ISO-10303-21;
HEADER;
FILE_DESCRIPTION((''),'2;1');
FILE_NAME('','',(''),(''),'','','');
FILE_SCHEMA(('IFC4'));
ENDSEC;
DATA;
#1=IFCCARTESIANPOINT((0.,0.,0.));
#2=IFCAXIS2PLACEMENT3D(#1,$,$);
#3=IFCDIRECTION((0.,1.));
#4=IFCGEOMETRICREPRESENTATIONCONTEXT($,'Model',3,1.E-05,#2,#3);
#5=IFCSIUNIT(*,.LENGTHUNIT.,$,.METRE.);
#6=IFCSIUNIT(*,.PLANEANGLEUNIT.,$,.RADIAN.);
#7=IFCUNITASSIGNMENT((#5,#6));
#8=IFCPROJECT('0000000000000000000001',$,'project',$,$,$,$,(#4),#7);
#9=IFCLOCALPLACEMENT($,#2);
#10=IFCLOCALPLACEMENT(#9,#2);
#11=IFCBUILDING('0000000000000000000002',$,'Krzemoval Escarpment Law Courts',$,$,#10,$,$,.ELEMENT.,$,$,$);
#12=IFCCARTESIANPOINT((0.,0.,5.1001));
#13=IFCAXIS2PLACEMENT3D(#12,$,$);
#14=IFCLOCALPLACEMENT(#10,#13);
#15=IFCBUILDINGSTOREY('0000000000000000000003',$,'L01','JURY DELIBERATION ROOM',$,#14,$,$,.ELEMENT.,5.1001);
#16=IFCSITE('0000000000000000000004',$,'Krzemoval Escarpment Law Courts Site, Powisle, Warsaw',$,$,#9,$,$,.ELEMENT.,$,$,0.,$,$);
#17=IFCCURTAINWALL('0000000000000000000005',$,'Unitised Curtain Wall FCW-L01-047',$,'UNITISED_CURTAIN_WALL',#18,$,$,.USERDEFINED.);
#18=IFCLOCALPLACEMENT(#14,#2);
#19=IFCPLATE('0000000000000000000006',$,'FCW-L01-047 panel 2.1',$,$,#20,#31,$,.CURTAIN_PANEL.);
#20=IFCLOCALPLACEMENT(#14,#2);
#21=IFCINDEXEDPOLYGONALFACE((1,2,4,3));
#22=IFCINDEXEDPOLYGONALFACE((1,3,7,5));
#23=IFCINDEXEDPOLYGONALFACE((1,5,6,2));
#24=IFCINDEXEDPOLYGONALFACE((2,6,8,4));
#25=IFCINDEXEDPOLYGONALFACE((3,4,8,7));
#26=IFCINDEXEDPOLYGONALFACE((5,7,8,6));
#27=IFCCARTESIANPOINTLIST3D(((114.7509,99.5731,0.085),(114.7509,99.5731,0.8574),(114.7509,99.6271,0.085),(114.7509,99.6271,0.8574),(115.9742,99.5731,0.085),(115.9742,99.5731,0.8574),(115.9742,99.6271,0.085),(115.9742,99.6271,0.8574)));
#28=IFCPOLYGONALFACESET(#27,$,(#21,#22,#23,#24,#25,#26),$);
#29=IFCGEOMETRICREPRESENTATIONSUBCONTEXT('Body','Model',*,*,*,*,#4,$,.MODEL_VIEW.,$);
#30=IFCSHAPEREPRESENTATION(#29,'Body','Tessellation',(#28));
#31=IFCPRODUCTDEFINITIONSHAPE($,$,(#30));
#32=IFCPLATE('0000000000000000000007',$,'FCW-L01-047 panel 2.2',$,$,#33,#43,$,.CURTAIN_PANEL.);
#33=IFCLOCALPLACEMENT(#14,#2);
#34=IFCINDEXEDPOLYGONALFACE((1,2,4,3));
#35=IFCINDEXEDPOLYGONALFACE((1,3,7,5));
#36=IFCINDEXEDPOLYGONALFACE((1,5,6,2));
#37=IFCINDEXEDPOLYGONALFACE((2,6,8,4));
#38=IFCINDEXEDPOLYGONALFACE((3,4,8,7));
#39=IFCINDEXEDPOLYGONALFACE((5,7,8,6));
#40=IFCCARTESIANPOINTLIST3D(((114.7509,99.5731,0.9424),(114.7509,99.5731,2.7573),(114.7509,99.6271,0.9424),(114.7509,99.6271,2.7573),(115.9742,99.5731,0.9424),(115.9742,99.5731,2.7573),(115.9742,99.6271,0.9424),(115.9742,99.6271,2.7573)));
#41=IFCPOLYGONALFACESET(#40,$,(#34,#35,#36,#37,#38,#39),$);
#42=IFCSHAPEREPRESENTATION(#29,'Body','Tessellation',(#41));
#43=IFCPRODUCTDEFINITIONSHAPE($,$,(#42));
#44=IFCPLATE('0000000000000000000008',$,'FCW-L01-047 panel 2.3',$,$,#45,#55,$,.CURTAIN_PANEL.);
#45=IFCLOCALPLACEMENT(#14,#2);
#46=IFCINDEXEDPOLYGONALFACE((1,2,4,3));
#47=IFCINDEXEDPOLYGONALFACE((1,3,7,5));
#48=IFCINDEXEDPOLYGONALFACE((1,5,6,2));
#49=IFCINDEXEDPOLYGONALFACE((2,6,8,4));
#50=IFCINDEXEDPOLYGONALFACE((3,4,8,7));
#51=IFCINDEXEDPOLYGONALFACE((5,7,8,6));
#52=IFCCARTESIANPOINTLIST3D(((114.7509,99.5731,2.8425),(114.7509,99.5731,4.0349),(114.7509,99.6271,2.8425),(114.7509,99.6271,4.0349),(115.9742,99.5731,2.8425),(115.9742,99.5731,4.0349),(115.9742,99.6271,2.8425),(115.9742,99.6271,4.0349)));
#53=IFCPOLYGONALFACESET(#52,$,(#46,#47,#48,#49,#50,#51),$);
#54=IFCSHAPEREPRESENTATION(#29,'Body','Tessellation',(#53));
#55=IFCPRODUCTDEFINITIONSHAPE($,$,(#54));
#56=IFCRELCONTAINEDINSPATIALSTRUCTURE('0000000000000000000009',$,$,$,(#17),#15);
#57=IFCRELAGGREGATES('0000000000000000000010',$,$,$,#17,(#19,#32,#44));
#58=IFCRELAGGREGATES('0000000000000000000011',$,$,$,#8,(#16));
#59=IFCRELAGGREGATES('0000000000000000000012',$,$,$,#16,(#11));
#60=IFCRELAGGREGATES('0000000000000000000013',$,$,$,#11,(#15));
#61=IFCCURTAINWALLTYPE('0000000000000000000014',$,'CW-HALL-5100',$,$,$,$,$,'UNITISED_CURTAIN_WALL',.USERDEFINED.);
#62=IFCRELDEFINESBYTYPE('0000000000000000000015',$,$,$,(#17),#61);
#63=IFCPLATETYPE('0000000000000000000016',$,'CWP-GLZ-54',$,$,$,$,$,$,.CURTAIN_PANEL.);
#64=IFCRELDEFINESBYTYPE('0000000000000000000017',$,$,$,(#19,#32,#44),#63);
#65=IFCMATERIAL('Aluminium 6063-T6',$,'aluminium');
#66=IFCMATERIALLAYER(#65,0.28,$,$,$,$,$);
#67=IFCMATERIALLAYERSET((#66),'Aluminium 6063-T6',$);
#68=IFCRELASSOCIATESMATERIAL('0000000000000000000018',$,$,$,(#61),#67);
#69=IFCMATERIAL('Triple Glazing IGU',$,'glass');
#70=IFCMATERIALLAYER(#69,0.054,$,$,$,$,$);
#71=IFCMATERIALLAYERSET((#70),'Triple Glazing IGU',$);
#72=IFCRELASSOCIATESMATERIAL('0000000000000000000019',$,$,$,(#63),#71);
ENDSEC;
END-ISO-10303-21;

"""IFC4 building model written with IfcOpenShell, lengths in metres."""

from ifc_helpers import new_model, si_unit, direction, frame, origin, origin_2d, place, context, subcontext, project, spatial, rectangle, extrude, material, layer, layer_set, type_object, element, aggregate, save


model = new_model("IFC4")

# Units and contexts
model_context = context("Model", 3, precision=1e-05, world=origin(), true_north=direction((0.0, 1.0)))
body_context = subcontext(model_context, "Body", "Model", "MODEL_VIEW")
ifc_project = project(units=[si_unit("LENGTHUNIT", "METRE"), si_unit("PLANEANGLEUNIT", "RADIAN")], contexts=[model_context])

# Site, building, storey
site_placement = place(None, origin())
site = spatial("IfcSite", under=ifc_project, at=site_placement, Name="Krzemoval Escarpment Law Courts Site, Powisle, Warsaw", CompositionType="ELEMENT", RefElevation=0.0)
building_placement = place(site_placement, origin())
building = spatial("IfcBuilding", under=site, at=building_placement, Name="Krzemoval Escarpment Law Courts", CompositionType="ELEMENT")
storey_placement = place(building_placement, frame((0.0, 0.0, 5.1001)))
storey = spatial("IfcBuildingStorey", under=building, at=storey_placement, Name="L01", Description="JURY DELIBERATION ROOM", CompositionType="ELEMENT", Elevation=5.1001)

# Curtain wall
ifc_material_1 = material(Name="Aluminium 6063-T6", Category="aluminium")
ifc_layer_1 = layer(ifc_material_1, 0.28)
ifc_layer_set_1 = layer_set([ifc_layer_1], Name="Aluminium 6063-T6")
curtain_wall_type = type_object("IfcCurtainWallType", Name="CW-HALL-5100", ElementType="UNITISED_CURTAIN_WALL", PredefinedType="USERDEFINED", material=ifc_layer_set_1)
curtain_wall_placement = place(storey_placement, origin())
curtain_wall = element("IfcCurtainWall", 1, at=curtain_wall_placement, inside=storey, type_object=curtain_wall_type, Name="Unitised Curtain Wall FCW-L01-047", ObjectType="UNITISED_CURTAIN_WALL", PredefinedType="USERDEFINED")

# Plates
ifc_material_2 = material(Name="Triple Glazing IGU", Category="glass")
ifc_layer_2 = layer(ifc_material_2, 0.054)
ifc_layer_set_2 = layer_set([ifc_layer_2], Name="Triple Glazing IGU")
plate_type = type_object("IfcPlateType", Name="CWP-GLZ-54", PredefinedType="CURTAIN_PANEL", material=ifc_layer_set_2)
plate_1_placement = place(storey_placement, frame((115.3625, 99.6001, 0.085), z_axis=(0.0, 0.0, 1.0), x_axis=(-1.0, 0.0, 0.0)))
plate_1 = element("IfcPlate", 2, at=plate_1_placement, type_object=plate_type, Name="FCW-L01-047 panel 2.1", PredefinedType="CURTAIN_PANEL", context=body_context, shape_type="SweptSolid", body=[
    extrude(rectangle(XDim=1.2234, YDim=0.054, at=origin_2d()), origin(), (0.0, 0.0, 1.0), 0.7725),
])
plate_2_placement = place(storey_placement, frame((115.3625, 99.6001, 0.9424), z_axis=(0.0, 0.0, 1.0), x_axis=(-1.0, 0.0, 0.0)))
plate_2 = element("IfcPlate", 3, at=plate_2_placement, type_object=plate_type, Name="FCW-L01-047 panel 2.2", PredefinedType="CURTAIN_PANEL", context=body_context, shape_type="SweptSolid", body=[
    extrude(rectangle(XDim=1.2234, YDim=0.054, at=origin_2d()), origin(), (0.0, 0.0, 1.0), 1.8149),
])
plate_3_placement = place(storey_placement, frame((115.3625, 99.6001, 2.8425), z_axis=(0.0, 0.0, 1.0), x_axis=(-1.0, 0.0, 0.0)))
plate_3 = element("IfcPlate", 4, at=plate_3_placement, type_object=plate_type, Name="FCW-L01-047 panel 2.3", PredefinedType="CURTAIN_PANEL", context=body_context, shape_type="SweptSolid", body=[
    extrude(rectangle(XDim=1.2234, YDim=0.054, at=origin_2d()), origin(), (0.0, 0.0, 1.0), 1.1924),
])
aggregate(curtain_wall, [plate_1, plate_2, plate_3])

save(model, "model.ifc")
